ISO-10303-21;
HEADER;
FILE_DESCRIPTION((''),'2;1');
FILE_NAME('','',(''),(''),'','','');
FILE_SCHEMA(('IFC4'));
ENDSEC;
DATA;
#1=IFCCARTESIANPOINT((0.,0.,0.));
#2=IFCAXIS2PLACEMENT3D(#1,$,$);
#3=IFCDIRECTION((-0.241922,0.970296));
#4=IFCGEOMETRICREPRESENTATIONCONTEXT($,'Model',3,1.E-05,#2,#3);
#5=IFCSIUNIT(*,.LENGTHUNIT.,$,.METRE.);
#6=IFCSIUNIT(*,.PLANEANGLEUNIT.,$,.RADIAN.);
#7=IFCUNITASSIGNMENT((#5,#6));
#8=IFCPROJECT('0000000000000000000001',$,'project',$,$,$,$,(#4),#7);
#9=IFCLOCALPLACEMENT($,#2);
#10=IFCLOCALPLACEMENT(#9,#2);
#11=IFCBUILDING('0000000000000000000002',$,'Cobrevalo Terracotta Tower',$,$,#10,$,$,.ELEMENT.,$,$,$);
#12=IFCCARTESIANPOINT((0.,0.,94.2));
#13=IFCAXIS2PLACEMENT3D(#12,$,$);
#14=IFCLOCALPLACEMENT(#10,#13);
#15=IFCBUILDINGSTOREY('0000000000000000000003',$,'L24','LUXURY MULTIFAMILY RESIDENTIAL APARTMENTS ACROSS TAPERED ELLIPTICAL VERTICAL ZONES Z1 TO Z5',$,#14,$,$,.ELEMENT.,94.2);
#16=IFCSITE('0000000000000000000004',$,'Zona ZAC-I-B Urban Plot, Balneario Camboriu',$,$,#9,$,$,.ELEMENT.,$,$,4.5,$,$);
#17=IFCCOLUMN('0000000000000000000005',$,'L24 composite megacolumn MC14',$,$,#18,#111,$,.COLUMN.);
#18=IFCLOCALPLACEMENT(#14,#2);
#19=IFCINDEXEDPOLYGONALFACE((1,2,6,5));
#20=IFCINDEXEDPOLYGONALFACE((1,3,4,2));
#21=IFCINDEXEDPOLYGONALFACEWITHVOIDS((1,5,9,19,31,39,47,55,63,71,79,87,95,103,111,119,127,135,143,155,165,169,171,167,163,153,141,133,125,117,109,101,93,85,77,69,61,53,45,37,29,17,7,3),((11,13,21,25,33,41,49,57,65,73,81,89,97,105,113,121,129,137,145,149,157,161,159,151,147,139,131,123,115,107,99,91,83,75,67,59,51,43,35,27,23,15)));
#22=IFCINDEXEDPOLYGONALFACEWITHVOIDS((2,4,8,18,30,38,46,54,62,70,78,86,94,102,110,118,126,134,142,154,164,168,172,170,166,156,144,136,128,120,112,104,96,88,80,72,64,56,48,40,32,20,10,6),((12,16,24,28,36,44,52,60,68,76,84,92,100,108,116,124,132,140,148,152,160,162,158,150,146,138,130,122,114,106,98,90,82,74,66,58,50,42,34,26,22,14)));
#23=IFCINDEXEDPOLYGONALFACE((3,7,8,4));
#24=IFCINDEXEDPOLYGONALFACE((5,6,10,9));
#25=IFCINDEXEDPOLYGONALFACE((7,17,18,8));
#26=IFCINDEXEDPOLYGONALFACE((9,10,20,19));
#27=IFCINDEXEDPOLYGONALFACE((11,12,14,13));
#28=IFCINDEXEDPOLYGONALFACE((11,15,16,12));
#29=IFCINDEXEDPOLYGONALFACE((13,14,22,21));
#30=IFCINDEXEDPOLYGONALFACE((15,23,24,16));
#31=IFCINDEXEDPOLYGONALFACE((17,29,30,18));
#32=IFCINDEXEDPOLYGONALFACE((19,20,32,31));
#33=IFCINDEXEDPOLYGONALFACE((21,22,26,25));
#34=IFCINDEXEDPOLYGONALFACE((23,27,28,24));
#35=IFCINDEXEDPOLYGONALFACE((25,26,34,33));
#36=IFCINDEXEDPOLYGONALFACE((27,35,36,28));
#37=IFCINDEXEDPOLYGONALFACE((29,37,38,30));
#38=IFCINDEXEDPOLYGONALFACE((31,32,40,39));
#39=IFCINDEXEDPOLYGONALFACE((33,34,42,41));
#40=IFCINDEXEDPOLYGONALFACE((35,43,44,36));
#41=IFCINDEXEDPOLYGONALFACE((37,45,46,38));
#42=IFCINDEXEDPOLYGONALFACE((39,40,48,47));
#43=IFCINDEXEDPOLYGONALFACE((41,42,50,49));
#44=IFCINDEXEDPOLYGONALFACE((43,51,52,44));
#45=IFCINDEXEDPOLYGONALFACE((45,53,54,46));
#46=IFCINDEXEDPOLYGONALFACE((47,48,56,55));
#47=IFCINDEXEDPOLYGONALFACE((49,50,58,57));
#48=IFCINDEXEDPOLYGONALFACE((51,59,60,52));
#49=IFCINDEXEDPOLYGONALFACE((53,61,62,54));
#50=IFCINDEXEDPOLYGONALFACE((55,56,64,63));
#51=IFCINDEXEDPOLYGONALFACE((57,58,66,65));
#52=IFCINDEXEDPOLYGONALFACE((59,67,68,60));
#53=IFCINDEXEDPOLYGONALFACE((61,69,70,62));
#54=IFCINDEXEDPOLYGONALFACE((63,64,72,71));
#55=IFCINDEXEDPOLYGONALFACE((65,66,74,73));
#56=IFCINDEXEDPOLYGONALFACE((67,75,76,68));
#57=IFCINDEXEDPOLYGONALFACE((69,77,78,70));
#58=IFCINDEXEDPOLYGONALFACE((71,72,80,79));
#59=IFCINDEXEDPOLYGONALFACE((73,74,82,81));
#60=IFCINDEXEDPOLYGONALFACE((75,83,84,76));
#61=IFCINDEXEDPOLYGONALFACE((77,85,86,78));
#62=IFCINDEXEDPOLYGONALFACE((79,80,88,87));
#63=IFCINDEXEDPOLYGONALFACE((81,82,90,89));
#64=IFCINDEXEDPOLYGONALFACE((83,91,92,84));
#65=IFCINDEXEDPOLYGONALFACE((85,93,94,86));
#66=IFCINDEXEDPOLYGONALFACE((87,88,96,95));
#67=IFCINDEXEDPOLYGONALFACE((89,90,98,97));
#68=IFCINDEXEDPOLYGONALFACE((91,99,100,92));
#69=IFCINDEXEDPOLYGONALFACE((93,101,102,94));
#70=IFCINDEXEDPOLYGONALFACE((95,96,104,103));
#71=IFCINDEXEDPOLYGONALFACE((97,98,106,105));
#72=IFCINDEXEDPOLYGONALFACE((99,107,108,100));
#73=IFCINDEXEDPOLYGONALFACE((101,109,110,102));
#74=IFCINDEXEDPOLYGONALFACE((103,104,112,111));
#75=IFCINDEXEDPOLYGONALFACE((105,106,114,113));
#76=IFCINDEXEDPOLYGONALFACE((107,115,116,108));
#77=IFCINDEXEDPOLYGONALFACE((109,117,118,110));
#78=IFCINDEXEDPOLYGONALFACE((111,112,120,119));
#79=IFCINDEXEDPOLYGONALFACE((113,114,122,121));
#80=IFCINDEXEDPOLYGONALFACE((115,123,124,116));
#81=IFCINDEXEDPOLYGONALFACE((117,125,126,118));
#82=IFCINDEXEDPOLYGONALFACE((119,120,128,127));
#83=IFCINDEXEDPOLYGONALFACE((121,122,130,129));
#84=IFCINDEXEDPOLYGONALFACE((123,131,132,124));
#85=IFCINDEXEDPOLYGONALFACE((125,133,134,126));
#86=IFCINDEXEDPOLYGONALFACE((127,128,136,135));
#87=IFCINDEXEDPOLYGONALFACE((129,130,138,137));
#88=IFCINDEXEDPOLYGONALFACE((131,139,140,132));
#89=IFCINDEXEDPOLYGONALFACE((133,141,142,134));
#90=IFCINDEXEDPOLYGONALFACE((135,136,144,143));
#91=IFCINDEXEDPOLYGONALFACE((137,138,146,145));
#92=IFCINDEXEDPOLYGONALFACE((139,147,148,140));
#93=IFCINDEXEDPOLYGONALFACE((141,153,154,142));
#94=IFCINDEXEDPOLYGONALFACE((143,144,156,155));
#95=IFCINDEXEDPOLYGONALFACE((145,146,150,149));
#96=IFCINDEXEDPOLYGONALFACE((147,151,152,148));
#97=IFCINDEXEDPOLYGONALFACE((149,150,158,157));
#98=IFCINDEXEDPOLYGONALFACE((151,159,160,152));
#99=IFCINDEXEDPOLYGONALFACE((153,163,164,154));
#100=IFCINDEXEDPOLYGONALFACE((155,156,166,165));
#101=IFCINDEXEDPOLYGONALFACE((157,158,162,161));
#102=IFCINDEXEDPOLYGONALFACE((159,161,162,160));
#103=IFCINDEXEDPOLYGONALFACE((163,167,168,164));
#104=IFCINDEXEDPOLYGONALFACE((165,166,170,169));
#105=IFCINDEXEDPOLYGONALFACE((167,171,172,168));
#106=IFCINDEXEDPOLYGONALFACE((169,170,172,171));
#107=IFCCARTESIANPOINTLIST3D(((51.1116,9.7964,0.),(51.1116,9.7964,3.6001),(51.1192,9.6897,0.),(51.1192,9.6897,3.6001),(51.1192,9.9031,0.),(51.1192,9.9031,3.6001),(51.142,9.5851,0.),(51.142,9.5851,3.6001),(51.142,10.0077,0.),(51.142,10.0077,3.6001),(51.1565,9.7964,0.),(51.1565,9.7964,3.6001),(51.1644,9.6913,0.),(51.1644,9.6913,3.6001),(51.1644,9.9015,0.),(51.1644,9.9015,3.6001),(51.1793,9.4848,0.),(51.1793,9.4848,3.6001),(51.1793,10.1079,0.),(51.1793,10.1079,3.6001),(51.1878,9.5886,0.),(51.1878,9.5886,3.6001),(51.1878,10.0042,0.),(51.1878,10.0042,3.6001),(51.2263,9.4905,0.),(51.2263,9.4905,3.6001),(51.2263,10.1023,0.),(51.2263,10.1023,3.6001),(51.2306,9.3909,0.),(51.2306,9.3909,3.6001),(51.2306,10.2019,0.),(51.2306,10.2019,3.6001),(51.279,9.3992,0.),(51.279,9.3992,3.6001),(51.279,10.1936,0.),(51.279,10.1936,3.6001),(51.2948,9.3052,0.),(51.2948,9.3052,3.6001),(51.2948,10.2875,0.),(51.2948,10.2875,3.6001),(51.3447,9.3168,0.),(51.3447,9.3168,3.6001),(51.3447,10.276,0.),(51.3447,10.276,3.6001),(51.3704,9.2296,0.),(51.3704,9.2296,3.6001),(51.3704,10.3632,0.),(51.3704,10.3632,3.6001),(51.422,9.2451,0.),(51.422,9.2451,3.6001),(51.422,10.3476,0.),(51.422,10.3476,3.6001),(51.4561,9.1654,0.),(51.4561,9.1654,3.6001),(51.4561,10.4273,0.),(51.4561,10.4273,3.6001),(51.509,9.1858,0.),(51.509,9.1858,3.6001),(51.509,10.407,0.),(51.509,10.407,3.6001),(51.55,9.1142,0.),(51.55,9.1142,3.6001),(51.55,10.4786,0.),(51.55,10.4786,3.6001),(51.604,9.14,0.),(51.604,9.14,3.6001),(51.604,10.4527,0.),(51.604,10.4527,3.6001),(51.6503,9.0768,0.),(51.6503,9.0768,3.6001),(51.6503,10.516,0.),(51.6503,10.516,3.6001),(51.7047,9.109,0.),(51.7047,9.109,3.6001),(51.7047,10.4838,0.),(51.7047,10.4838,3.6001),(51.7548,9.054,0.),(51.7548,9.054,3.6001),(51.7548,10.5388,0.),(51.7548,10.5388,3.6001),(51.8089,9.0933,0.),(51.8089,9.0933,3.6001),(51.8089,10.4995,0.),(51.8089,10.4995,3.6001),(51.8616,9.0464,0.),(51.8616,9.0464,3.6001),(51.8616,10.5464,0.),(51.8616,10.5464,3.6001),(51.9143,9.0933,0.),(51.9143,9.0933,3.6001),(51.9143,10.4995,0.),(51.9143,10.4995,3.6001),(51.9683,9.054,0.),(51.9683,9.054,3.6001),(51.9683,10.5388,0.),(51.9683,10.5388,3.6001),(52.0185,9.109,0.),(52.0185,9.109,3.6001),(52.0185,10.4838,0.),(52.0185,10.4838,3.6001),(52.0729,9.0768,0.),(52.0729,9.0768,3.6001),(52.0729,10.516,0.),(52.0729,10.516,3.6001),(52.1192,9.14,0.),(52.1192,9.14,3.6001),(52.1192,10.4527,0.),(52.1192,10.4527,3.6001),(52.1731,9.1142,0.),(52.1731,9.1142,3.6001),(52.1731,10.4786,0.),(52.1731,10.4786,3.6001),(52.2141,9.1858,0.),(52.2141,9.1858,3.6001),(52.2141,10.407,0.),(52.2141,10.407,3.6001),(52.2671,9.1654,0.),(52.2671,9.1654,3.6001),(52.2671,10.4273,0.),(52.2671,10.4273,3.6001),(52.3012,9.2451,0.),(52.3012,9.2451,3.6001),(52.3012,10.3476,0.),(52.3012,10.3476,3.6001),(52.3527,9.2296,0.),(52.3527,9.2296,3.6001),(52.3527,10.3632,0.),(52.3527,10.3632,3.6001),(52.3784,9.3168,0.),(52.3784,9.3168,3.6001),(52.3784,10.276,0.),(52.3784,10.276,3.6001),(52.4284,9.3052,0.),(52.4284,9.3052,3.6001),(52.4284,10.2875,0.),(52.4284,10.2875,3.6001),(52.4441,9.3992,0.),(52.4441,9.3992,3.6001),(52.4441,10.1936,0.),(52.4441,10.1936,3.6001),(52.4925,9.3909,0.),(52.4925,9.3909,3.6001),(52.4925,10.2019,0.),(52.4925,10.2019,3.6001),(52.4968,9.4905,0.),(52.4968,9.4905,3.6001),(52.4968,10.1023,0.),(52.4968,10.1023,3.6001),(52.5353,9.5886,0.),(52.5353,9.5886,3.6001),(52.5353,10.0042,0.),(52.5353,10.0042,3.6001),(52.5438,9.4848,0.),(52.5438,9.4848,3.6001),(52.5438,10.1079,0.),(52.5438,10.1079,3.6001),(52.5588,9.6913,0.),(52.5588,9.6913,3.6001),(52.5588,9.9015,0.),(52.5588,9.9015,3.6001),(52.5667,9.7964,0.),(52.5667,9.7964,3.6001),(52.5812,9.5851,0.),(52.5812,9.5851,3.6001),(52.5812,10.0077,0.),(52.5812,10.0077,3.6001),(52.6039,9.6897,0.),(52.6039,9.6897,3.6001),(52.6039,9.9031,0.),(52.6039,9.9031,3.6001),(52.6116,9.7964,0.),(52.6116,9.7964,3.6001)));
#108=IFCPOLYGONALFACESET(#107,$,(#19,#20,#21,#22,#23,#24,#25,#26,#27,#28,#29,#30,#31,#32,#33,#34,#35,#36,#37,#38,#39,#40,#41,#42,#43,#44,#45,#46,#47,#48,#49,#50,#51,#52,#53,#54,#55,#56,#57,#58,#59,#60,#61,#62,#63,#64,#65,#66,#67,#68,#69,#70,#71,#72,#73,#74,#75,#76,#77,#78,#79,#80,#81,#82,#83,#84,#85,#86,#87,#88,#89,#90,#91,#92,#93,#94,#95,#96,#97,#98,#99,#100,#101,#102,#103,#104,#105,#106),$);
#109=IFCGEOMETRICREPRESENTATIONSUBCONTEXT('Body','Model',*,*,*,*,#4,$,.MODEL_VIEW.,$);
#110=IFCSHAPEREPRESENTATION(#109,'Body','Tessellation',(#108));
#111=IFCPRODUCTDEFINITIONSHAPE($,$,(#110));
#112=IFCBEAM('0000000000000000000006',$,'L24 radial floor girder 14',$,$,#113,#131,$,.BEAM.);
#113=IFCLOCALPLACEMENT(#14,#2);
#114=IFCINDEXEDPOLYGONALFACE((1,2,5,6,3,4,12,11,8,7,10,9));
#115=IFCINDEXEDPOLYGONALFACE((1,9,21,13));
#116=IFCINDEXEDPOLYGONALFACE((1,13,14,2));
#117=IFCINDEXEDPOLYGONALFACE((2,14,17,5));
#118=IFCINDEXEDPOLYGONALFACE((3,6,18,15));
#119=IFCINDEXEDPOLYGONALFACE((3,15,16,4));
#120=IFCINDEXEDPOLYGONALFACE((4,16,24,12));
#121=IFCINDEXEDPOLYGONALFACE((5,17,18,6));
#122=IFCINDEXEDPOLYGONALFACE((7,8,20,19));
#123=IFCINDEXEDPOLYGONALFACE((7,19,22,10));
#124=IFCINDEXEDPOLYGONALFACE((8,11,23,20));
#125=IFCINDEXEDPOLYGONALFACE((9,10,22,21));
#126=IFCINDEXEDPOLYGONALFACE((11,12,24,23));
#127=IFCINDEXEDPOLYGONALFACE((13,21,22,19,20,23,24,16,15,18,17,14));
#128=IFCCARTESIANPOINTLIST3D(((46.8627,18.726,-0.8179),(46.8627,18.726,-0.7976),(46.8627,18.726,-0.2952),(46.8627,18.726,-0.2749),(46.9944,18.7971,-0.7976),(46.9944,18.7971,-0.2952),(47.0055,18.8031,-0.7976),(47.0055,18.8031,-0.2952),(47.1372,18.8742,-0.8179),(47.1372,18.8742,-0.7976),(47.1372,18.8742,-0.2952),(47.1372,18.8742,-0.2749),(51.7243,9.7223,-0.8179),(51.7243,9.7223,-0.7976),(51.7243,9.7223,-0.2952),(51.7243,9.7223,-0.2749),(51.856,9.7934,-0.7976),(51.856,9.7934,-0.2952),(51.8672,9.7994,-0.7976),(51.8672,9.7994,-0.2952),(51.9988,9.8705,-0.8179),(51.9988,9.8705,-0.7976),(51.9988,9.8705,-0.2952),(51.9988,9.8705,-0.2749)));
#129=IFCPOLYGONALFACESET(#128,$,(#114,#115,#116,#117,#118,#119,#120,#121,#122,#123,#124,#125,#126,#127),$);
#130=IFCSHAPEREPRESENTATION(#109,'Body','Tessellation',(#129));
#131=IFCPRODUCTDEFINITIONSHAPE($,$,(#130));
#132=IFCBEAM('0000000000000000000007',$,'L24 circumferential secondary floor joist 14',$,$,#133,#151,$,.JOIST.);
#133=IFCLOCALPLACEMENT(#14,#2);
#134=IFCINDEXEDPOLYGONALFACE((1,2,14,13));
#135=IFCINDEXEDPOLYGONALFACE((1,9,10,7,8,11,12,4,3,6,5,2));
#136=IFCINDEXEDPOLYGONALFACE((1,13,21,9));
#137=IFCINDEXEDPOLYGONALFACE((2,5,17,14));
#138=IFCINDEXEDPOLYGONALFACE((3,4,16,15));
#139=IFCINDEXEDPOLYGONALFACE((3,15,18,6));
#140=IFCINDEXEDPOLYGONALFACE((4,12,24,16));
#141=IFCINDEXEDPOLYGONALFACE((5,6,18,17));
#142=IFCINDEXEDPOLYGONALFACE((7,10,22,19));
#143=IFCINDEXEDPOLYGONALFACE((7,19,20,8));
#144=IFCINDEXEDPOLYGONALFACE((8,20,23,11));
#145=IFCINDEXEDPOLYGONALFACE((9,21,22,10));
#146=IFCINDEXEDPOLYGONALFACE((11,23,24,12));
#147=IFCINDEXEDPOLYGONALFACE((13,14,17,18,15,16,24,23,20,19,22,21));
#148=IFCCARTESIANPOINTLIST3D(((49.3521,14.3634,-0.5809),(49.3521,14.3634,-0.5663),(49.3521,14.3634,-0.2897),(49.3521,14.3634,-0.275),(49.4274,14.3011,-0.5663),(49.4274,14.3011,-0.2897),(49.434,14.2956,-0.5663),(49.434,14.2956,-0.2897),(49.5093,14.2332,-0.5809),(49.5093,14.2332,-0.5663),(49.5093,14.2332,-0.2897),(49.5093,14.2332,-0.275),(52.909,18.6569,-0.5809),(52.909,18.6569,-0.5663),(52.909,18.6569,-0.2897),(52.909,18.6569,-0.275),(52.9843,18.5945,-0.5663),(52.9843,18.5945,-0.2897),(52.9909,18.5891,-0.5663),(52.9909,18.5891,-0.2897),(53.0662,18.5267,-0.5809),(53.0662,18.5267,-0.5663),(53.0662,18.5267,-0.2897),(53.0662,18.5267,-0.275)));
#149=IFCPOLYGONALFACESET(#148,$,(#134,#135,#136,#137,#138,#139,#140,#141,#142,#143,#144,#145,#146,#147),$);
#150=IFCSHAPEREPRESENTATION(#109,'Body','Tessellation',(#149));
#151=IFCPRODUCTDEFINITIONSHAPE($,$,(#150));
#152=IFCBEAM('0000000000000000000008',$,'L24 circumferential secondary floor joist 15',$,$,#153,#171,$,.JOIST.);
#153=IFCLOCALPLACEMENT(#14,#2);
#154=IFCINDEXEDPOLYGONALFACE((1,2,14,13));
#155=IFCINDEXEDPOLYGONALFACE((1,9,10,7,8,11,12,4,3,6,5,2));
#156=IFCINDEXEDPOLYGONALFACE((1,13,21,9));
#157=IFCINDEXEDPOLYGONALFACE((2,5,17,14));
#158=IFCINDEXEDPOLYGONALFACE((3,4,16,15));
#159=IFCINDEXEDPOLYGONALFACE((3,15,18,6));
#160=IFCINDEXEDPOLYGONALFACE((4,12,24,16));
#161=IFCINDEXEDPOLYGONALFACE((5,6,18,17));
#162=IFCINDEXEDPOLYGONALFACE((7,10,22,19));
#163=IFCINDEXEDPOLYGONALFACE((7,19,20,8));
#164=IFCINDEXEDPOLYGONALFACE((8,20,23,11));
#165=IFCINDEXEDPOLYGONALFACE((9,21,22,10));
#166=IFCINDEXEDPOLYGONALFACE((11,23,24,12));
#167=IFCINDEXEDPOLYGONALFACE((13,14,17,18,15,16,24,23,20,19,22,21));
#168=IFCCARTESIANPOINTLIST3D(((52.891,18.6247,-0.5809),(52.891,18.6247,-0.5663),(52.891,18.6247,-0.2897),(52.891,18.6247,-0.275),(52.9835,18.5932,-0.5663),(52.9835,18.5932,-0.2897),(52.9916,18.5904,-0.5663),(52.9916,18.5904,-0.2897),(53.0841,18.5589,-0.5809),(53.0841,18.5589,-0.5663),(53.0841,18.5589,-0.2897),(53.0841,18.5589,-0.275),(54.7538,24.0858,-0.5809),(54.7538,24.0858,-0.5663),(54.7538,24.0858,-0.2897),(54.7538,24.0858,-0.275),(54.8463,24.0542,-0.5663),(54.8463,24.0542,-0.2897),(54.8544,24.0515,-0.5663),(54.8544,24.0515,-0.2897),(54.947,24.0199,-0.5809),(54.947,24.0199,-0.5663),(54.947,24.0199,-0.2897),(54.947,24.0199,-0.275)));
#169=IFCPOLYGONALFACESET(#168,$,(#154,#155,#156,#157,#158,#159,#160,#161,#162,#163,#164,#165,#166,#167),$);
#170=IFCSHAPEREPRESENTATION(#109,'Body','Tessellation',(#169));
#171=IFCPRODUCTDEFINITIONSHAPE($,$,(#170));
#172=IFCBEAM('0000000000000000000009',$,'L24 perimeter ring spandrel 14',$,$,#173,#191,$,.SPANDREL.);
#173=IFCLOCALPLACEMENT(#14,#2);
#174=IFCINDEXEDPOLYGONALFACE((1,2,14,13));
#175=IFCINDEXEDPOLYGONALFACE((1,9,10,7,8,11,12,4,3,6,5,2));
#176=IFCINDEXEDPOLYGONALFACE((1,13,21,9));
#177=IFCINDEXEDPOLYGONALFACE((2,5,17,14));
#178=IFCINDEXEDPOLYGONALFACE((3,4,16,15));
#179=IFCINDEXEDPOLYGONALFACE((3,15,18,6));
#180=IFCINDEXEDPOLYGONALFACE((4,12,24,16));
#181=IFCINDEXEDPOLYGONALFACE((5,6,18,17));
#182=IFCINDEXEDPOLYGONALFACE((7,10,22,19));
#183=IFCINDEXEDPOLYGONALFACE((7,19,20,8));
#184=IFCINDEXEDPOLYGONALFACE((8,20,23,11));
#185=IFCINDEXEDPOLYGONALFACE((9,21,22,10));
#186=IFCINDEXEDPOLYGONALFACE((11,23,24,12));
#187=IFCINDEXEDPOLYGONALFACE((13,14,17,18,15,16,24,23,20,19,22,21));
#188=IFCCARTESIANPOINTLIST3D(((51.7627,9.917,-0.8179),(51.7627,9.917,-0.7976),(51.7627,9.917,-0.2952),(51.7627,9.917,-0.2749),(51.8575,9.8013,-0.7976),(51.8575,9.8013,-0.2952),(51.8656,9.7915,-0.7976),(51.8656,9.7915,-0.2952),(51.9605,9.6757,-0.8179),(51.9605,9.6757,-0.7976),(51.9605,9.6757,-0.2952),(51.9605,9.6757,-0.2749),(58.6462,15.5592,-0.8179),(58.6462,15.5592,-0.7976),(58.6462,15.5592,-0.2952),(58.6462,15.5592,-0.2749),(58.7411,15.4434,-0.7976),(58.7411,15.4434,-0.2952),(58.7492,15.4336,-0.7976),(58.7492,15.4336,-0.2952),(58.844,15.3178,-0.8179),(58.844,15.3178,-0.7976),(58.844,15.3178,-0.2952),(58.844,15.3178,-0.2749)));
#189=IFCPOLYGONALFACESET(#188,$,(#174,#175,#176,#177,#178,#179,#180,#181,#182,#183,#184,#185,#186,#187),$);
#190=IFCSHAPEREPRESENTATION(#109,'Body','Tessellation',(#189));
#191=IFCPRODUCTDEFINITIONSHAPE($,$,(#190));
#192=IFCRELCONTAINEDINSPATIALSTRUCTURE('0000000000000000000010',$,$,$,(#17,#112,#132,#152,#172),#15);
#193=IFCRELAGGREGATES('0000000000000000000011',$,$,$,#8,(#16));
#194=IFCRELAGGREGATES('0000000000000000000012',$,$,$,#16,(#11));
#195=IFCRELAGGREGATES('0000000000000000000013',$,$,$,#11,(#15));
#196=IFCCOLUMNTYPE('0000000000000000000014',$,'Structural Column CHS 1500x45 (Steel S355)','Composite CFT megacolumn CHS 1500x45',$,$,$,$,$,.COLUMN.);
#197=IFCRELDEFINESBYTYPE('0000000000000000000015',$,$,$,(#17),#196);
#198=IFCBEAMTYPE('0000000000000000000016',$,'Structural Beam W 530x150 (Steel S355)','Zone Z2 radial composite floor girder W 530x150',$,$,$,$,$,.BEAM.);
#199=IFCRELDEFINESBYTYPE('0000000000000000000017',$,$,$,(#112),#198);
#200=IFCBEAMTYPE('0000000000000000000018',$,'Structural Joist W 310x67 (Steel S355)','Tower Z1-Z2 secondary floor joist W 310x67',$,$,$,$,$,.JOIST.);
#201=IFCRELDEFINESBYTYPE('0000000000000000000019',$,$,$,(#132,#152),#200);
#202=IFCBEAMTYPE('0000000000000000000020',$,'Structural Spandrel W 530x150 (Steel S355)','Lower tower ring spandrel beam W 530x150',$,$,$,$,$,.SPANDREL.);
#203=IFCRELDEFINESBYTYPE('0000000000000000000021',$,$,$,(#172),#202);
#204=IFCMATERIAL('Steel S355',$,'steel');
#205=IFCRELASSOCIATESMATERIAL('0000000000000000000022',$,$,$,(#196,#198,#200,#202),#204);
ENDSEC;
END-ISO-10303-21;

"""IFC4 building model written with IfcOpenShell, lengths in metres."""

from ifc_helpers import new_model, si_unit, direction, frame, origin, origin_2d, place, context, subcontext, project, spatial, hollow_circle, i_section, extrude, material, material_profile, profile_set, type_object, element, save


model = new_model("IFC4")

# Units and contexts
model_context = context("Model", 3, precision=1e-05, world=origin(), true_north=direction((-0.241922, 0.970296)))
body_context = subcontext(model_context, "Body", "Model", "MODEL_VIEW")
ifc_project = project(units=[si_unit("LENGTHUNIT", "METRE"), si_unit("PLANEANGLEUNIT", "RADIAN")], contexts=[model_context])

# Site, building, storey
site_placement = place(None, origin())
site = spatial("IfcSite", under=ifc_project, at=site_placement, Name="Zona ZAC-I-B Urban Plot, Balneario Camboriu", CompositionType="ELEMENT", RefElevation=4.5)
building_placement = place(site_placement, origin())
building = spatial("IfcBuilding", under=site, at=building_placement, Name="Cobrevalo Terracotta Tower", CompositionType="ELEMENT")
storey_placement = place(building_placement, frame((0.0, 0.0, 94.2)))
storey = spatial("IfcBuildingStorey", under=building, at=storey_placement, Name="L24", Description="LUXURY MULTIFAMILY RESIDENTIAL APARTMENTS ACROSS TAPERED ELLIPTICAL VERTICAL ZONES Z1 TO Z5", CompositionType="ELEMENT", Elevation=94.2)

# Column
ifc_material_1 = material(Name="Steel S355", Category="steel")
ifc_material_profile_1 = material_profile(ifc_material_1, hollow_circle(Radius=0.75, WallThickness=0.0449, at=origin_2d()), Name="CHS 1500x45")
ifc_profile_set_1 = profile_set([ifc_material_profile_1], Name="Steel S355")
column_type = type_object("IfcColumnType", Name="Structural Column CHS 1500x45 (Steel S355)", Description="Composite CFT megacolumn CHS 1500x45", PredefinedType="COLUMN", material=ifc_profile_set_1)
column_placement = place(storey_placement, frame((51.8616, 9.7964, 0.0), z_axis=(0.0, 0.0, 1.0), x_axis=(1.0, 0.0, 0.0)))
element("IfcColumn", 1, at=column_placement, inside=storey, type_object=column_type, Name="L24 composite megacolumn MC14", PredefinedType="COLUMN", context=body_context, shape_type="SweptSolid", body=[
    extrude(hollow_circle(Radius=0.75, WallThickness=0.0449, at=origin_2d()), origin(), (0.0, 0.0, 1.0), 3.6001),
])

# Beams
ifc_material_profile_2 = material_profile(ifc_material_1, i_section(OverallWidth=0.312, OverallDepth=0.543, WebThickness=0.0127, FlangeThickness=0.0203, at=origin_2d()), Name="W 530x150")
ifc_profile_set_2 = profile_set([ifc_material_profile_2], Name="Steel S355")
beam_type_1 = type_object("IfcBeamType", Name="Structural Beam W 530x150 (Steel S355)", Description="Zone Z2 radial composite floor girder W 530x150", PredefinedType="BEAM", material=ifc_profile_set_2)
beam_1_placement = place(storey_placement, frame((51.8616, 9.7964, -0.5464), z_axis=(-0.475118, 0.879922, 0.0), x_axis=(-0.879922, -0.475118, 0.0)))
element("IfcBeam", 2, at=beam_1_placement, inside=storey, type_object=beam_type_1, Name="L24 radial floor girder 14", PredefinedType="BEAM", context=body_context, shape_type="SweptSolid", body=[
    extrude(i_section(OverallWidth=0.312, OverallDepth=0.543, WebThickness=0.0127, FlangeThickness=0.0203, at=origin_2d()), origin(), (0.0, 0.0, 1.0), 10.2324),
])
ifc_material_profile_3 = material_profile(ifc_material_1, i_section(OverallWidth=0.2041, OverallDepth=0.3059, WebThickness=0.0085, FlangeThickness=0.0146, at=origin_2d()), Name="W 310x67")
ifc_profile_set_3 = profile_set([ifc_material_profile_3], Name="Steel S355")
beam_type_2 = type_object("IfcBeamType", Name="Structural Joist W 310x67 (Steel S355)", Description="Tower Z1-Z2 secondary floor joist W 310x67", PredefinedType="JOIST", material=ifc_profile_set_3)
beam_2_placement = place(storey_placement, frame((49.4307, 14.2983, -0.428), z_axis=(0.637959, 0.77007, 0.0), x_axis=(-0.77007, 0.637959, 0.0)))
element("IfcBeam", 3, at=beam_2_placement, inside=storey, type_object=beam_type_2, Name="L24 circumferential secondary floor joist 14", PredefinedType="JOIST", context=body_context, shape_type="SweptSolid", body=[
    extrude(i_section(OverallWidth=0.2041, OverallDepth=0.3059, WebThickness=0.0085, FlangeThickness=0.0146, at=origin_2d()), origin(), (0.0, 0.0, 1.0), 5.5754),
])
beam_3_placement = place(storey_placement, frame((52.9875, 18.5918, -0.428), z_axis=(0.322846, 0.946451, 0.0), x_axis=(-0.946451, 0.322846, 0.0)))
element("IfcBeam", 4, at=beam_3_placement, inside=storey, type_object=beam_type_2, Name="L24 circumferential secondary floor joist 15", PredefinedType="JOIST", context=body_context, shape_type="SweptSolid", body=[
    extrude(i_section(OverallWidth=0.2041, OverallDepth=0.3059, WebThickness=0.0085, FlangeThickness=0.0146, at=origin_2d()), origin(), (0.0, 0.0, 1.0), 5.77),
])
ifc_material_profile_4 = material_profile(ifc_material_1, i_section(OverallWidth=0.312, OverallDepth=0.543, WebThickness=0.0127, FlangeThickness=0.0203, at=origin_2d()), Name="W 530x150")
ifc_profile_set_4 = profile_set([ifc_material_profile_4], Name="Steel S355")
beam_type_3 = type_object("IfcBeamType", Name="Structural Spandrel W 530x150 (Steel S355)", Description="Lower tower ring spandrel beam W 530x150", PredefinedType="SPANDREL", material=ifc_profile_set_4)
beam_4_placement = place(storey_placement, frame((51.8616, 9.7964, -0.5464), z_axis=(0.773401, 0.633917, 0.0), x_axis=(-0.633917, 0.773401, 0.0)))
element("IfcBeam", 5, at=beam_4_placement, inside=storey, type_object=beam_type_3, Name="L24 perimeter ring spandrel 14", PredefinedType="SPANDREL", context=body_context, shape_type="SweptSolid", body=[
    extrude(i_section(OverallWidth=0.312, OverallDepth=0.543, WebThickness=0.0127, FlangeThickness=0.0203, at=origin_2d()), origin(), (0.0, 0.0, 1.0), 8.9004),
])

save(model, "model.ifc")
